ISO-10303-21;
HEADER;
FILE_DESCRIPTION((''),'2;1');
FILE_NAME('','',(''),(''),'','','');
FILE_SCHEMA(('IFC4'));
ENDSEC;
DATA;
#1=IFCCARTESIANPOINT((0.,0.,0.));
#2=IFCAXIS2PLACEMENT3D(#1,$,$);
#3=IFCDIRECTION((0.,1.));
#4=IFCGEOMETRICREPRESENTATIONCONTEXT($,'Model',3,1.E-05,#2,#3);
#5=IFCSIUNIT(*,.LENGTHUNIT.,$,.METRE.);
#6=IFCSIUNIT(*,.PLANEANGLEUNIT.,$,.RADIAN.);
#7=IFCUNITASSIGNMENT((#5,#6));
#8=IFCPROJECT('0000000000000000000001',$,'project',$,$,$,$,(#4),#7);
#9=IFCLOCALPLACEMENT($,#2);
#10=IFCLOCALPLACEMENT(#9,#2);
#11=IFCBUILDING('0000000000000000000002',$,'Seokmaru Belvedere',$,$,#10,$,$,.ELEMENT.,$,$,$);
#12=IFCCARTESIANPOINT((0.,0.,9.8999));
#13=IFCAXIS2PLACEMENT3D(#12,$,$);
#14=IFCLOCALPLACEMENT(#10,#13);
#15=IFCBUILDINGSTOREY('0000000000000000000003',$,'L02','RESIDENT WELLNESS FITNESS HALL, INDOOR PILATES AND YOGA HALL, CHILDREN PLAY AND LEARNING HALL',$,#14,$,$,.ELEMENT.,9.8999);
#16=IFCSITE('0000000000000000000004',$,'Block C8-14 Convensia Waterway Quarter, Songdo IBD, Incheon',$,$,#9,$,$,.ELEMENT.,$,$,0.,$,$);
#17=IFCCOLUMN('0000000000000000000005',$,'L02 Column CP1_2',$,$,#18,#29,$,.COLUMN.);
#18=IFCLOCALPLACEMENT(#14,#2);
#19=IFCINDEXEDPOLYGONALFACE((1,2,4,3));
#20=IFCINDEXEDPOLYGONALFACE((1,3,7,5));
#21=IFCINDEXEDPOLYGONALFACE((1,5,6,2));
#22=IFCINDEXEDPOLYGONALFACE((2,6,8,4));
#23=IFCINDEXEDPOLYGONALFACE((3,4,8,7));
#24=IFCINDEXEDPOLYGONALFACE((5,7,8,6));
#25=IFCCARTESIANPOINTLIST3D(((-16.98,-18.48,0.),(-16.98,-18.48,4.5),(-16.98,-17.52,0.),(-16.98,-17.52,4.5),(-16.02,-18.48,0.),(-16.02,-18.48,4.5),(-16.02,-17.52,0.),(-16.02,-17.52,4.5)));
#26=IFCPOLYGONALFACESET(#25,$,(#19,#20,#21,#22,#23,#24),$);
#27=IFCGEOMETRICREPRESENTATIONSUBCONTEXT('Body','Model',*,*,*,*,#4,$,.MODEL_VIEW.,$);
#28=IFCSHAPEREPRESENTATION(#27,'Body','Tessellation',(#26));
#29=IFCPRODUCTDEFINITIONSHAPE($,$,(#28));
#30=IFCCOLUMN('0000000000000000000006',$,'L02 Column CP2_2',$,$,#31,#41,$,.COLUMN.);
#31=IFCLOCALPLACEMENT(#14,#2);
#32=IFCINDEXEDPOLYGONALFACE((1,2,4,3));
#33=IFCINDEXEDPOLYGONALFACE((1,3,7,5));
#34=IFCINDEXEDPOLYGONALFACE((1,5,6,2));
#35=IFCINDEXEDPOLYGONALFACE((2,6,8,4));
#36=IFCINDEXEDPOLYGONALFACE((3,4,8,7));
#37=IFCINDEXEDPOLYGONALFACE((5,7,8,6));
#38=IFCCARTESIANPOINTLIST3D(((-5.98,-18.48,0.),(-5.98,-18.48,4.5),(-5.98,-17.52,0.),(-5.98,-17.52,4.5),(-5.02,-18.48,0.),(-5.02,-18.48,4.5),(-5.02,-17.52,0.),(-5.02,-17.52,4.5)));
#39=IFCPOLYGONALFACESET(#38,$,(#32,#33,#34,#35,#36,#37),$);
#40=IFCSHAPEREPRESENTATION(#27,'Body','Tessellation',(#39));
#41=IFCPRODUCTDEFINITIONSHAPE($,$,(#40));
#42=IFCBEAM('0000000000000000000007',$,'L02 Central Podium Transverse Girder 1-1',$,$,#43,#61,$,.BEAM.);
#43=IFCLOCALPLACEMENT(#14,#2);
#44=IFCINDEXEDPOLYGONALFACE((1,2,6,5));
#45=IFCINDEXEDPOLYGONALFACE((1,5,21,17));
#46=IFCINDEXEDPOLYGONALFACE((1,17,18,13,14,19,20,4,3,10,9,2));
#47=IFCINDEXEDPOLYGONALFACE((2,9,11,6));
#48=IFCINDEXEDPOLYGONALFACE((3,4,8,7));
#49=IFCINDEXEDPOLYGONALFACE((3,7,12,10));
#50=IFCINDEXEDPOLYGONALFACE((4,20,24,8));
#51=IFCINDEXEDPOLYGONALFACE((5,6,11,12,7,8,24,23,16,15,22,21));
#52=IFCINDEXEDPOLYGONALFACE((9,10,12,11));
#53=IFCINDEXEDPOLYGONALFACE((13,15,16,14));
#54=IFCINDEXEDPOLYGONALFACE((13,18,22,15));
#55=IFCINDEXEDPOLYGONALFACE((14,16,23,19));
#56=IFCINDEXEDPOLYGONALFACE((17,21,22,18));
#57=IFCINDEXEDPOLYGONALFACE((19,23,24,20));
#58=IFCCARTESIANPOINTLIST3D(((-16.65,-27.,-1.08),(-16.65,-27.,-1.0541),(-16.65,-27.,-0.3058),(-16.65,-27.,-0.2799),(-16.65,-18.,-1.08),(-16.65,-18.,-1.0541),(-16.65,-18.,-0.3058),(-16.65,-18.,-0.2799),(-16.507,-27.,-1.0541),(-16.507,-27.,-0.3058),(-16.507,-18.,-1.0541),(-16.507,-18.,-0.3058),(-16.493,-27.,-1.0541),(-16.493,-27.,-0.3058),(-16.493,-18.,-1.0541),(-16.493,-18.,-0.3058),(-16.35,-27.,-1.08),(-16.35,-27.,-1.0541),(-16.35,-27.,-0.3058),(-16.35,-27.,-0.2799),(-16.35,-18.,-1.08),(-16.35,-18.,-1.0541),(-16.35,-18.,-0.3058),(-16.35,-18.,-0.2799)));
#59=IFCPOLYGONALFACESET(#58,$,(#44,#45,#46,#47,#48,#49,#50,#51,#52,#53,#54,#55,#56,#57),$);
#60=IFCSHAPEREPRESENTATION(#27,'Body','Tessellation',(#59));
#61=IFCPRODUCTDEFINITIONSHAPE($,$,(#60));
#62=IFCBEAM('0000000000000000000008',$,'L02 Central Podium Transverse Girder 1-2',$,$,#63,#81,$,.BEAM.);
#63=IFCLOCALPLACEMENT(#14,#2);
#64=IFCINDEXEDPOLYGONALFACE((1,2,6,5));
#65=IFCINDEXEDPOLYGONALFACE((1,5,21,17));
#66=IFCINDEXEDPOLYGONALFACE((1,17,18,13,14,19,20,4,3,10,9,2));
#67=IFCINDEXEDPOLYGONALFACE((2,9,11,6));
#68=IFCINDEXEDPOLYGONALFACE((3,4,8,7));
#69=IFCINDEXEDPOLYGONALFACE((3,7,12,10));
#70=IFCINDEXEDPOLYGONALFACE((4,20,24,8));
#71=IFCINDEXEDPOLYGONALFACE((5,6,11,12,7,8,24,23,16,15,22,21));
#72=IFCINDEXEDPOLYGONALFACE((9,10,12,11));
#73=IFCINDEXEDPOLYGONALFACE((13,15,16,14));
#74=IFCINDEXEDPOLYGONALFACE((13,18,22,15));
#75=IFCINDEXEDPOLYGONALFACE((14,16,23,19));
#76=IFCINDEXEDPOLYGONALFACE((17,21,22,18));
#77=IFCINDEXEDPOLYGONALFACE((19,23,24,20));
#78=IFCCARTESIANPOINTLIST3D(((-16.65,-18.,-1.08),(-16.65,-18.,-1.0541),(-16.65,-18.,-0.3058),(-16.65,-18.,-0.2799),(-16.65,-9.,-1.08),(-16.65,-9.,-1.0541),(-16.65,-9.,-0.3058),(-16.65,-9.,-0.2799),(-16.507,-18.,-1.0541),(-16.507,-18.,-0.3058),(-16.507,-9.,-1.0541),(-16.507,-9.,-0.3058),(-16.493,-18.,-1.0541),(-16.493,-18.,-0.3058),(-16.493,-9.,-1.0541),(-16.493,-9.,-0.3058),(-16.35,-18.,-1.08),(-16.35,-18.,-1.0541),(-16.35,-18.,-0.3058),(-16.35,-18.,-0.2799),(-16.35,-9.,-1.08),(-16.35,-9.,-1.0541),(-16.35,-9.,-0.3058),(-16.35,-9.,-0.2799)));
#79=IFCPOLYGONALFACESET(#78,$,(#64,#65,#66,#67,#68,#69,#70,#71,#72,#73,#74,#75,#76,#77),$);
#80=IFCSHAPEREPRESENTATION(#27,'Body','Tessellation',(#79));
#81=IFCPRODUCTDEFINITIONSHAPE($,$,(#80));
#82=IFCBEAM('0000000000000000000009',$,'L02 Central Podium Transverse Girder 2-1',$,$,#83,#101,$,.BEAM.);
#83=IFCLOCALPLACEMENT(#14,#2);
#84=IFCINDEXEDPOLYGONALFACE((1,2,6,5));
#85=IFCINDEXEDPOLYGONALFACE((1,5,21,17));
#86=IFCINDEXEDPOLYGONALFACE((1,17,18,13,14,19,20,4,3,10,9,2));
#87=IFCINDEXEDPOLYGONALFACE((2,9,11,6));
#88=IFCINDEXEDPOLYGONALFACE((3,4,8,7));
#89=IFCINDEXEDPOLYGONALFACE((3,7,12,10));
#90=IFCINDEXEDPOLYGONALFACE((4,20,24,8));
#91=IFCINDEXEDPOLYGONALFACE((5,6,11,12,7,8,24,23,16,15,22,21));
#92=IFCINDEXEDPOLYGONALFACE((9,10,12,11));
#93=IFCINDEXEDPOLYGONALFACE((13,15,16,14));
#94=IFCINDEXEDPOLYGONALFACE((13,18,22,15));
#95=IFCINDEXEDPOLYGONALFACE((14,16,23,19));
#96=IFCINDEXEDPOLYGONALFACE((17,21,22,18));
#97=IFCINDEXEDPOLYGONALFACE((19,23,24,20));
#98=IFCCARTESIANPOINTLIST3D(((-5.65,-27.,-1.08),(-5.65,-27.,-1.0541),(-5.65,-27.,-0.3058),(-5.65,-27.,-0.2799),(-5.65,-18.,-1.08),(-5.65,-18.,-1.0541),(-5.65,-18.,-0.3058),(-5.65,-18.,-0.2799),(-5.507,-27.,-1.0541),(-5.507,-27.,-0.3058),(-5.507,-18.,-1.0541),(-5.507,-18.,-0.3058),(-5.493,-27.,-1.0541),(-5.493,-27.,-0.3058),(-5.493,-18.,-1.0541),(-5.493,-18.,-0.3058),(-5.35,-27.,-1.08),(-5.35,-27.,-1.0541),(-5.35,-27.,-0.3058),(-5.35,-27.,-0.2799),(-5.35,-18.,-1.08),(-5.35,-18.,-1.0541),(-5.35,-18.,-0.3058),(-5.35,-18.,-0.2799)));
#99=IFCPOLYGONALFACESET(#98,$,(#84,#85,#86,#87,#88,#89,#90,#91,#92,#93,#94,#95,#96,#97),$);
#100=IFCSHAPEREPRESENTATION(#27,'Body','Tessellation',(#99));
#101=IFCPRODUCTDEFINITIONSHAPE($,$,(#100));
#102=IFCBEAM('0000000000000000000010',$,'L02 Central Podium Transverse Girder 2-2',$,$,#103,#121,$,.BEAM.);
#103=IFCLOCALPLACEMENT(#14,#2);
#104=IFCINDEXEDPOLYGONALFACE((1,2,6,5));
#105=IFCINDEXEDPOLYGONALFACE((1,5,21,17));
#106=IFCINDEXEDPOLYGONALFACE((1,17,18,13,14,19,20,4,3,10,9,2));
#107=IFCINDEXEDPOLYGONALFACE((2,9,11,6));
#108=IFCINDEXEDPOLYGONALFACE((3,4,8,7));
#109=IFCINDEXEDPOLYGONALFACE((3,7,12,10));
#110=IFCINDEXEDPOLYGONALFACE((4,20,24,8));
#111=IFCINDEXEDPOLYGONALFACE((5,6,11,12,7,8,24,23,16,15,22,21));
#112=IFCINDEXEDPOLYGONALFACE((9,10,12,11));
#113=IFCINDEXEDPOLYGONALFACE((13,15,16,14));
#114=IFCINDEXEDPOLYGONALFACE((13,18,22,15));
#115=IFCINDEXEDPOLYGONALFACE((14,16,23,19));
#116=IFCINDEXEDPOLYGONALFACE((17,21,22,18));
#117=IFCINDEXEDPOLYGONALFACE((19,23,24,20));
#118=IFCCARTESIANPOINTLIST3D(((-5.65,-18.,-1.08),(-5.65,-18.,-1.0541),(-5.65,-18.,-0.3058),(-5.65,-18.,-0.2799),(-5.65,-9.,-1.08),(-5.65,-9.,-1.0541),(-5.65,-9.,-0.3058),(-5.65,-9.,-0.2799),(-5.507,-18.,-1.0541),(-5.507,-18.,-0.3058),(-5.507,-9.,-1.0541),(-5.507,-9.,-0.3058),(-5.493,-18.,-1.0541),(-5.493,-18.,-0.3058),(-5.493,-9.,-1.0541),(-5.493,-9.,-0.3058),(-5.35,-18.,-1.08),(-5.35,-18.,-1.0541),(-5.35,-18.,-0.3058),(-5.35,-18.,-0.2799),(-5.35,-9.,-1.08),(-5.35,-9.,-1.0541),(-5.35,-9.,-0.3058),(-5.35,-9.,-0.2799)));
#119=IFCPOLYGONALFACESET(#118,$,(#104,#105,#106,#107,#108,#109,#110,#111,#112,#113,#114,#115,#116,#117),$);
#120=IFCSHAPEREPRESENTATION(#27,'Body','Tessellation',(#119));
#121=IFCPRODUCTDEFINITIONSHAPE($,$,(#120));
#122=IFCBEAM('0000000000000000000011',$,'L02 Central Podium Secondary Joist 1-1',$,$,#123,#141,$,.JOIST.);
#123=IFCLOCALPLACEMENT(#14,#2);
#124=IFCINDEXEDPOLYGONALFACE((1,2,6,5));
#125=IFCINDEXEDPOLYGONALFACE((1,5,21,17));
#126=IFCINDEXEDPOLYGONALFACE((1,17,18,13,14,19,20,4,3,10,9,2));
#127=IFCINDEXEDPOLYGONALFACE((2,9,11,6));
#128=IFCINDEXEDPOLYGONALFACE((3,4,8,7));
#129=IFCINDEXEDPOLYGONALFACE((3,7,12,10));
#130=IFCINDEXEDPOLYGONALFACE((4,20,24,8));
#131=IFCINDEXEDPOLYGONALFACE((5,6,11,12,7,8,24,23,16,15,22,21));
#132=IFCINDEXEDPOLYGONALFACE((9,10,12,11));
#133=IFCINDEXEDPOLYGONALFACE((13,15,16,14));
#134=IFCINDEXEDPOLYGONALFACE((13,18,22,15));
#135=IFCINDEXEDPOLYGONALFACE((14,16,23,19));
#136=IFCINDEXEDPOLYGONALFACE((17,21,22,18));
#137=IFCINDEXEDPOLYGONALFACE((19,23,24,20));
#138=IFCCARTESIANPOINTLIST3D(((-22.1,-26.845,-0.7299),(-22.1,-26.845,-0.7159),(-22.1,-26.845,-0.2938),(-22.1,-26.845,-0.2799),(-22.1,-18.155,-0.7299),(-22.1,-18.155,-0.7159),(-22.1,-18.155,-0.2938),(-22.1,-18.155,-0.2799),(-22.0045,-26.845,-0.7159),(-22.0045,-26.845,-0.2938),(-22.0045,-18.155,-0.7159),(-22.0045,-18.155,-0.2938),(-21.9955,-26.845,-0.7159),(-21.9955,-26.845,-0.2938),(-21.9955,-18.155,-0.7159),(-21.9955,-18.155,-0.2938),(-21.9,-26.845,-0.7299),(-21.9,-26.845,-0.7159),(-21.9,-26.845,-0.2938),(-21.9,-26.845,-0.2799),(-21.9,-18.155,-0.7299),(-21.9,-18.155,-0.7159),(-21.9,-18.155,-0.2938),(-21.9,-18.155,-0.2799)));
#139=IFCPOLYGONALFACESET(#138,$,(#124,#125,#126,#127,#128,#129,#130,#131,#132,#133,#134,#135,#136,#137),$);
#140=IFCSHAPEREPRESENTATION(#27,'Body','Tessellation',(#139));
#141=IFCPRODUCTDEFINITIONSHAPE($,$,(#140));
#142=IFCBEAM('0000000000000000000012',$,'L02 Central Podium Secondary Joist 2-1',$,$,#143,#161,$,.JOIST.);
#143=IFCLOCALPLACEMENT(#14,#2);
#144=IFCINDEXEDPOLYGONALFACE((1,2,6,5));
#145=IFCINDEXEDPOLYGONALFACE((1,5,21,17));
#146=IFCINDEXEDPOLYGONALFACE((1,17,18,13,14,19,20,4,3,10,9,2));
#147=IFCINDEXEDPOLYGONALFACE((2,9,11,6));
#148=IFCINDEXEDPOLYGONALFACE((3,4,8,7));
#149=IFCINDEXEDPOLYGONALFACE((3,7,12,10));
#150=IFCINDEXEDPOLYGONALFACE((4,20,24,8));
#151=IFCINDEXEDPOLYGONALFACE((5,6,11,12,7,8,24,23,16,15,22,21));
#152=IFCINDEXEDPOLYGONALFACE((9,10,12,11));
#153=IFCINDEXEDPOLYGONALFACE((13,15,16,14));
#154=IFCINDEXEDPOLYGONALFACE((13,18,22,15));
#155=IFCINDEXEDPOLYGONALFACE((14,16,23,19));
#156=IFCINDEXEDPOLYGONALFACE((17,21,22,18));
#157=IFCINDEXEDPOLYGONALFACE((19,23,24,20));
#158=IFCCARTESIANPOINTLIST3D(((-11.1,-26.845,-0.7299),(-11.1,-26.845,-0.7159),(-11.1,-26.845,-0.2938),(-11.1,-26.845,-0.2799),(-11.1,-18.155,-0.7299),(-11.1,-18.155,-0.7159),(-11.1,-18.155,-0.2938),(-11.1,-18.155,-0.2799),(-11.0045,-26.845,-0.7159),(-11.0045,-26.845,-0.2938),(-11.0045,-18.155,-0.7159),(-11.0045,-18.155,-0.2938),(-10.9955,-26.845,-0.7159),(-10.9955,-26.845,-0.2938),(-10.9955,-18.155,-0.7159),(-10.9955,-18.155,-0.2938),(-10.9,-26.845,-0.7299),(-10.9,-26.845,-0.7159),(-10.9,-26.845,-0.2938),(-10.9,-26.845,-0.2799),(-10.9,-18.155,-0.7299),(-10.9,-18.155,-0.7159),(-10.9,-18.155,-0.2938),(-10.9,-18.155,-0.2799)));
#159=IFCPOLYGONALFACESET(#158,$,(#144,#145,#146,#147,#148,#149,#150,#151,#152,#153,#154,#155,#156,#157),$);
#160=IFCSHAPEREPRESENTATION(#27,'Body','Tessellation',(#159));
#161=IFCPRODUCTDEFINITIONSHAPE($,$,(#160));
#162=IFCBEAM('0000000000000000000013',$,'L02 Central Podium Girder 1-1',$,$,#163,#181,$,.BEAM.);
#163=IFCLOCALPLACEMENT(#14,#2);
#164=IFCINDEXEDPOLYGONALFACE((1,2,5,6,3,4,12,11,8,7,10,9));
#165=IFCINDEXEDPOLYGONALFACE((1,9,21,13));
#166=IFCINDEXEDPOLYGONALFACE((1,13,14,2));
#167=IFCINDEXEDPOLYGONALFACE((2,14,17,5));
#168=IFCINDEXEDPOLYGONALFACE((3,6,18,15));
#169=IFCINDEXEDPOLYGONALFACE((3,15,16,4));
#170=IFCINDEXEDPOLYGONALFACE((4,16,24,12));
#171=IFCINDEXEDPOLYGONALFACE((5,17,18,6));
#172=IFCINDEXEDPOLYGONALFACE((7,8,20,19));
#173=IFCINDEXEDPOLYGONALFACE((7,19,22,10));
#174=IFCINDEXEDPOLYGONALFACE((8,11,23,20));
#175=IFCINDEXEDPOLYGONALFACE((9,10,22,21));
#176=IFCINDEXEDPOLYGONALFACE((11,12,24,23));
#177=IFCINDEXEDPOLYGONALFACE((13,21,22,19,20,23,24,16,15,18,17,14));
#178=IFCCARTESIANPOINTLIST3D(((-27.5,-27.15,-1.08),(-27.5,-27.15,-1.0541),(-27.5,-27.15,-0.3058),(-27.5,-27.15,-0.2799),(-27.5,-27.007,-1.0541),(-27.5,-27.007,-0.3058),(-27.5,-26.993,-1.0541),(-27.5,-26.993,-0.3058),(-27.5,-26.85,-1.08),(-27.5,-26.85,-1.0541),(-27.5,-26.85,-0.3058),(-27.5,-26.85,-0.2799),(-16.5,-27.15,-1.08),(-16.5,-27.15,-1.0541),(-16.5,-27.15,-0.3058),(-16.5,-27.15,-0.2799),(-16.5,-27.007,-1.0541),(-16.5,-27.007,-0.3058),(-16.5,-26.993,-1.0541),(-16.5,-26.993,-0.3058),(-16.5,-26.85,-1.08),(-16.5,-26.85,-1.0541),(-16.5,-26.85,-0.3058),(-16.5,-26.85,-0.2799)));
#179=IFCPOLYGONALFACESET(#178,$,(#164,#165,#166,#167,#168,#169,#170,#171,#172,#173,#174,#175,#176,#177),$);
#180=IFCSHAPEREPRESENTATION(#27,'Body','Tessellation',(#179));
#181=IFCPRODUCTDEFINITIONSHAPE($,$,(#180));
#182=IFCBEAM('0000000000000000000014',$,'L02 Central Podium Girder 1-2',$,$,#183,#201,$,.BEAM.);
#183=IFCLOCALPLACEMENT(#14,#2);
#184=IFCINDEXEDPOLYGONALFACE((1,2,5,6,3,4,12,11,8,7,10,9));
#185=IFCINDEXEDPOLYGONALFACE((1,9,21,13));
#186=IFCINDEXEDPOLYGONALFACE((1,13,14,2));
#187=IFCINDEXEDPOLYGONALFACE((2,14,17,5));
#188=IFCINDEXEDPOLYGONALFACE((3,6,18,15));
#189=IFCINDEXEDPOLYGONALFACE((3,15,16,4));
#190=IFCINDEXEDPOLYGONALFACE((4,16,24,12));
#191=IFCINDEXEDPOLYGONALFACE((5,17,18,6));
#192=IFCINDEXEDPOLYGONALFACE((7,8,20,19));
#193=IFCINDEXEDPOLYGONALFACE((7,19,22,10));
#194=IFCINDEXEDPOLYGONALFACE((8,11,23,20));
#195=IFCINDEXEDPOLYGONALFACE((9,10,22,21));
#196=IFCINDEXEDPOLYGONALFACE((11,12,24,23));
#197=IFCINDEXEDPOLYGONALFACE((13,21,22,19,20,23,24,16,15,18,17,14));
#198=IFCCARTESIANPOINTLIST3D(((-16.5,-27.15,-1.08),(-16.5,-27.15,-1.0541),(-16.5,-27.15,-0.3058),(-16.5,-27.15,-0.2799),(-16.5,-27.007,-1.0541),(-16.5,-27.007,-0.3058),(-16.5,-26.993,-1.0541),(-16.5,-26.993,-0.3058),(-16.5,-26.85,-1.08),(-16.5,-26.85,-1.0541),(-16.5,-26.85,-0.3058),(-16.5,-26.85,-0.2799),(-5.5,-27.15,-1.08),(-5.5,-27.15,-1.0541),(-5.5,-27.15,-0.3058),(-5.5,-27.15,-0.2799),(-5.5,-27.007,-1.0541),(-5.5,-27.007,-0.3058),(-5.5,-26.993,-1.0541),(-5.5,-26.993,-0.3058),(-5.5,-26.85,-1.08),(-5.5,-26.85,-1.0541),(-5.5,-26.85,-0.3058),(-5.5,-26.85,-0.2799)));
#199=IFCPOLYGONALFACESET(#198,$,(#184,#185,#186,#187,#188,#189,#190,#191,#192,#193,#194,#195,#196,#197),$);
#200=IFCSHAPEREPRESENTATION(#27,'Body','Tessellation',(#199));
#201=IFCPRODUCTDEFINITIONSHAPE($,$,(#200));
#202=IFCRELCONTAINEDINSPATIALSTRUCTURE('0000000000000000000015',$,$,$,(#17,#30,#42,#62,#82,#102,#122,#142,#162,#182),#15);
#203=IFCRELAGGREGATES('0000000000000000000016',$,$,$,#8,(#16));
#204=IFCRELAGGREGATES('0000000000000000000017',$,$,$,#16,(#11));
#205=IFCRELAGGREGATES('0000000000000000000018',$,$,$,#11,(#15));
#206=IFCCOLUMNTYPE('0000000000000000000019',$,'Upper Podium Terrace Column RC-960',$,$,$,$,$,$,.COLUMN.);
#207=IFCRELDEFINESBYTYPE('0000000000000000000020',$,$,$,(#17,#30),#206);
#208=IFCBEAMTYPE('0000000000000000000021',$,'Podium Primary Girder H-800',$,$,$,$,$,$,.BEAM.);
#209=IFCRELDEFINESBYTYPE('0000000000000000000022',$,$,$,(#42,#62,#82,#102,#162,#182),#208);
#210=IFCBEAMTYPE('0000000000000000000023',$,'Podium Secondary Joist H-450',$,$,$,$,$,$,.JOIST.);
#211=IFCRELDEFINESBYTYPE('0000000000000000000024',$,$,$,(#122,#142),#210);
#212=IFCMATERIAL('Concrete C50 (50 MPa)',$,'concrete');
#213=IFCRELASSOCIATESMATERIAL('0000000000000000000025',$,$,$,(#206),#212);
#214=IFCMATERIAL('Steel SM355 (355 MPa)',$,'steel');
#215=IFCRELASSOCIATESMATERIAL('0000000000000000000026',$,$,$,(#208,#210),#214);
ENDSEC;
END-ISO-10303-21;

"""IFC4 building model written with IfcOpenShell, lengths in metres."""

from ifc_helpers import new_model, si_unit, direction, frame, origin, origin_2d, place, context, subcontext, project, spatial, rectangle, i_section, extrude, source, transform, mapped, material, material_profile, profile_set, type_object, type_shapes, element, save


model = new_model("IFC4")

# Units and contexts
model_context = context("Model", 3, precision=1e-05, world=origin(), true_north=direction((0.0, 1.0)))
body_context = subcontext(model_context, "Body", "Model", "MODEL_VIEW")
ifc_project = project(units=[si_unit("LENGTHUNIT", "METRE"), si_unit("PLANEANGLEUNIT", "RADIAN")], contexts=[model_context])

# Site, building, storey
site_placement = place(None, origin())
site = spatial("IfcSite", under=ifc_project, at=site_placement, Name="Block C8-14 Convensia Waterway Quarter, Songdo IBD, Incheon", CompositionType="ELEMENT", RefElevation=0.0)
building_placement = place(site_placement, origin())
building = spatial("IfcBuilding", under=site, at=building_placement, Name="Seokmaru Belvedere", CompositionType="ELEMENT")
storey_placement = place(building_placement, frame((0.0, 0.0, 9.8999)))
storey = spatial("IfcBuildingStorey", under=building, at=storey_placement, Name="L02", Description="RESIDENT WELLNESS FITNESS HALL, INDOOR PILATES AND YOGA HALL, CHILDREN PLAY AND LEARNING HALL", CompositionType="ELEMENT", Elevation=9.8999)

# Columns
ifc_material_1 = material(Name="Concrete C50 (50 MPa)", Category="concrete")
ifc_material_profile_1 = material_profile(ifc_material_1, rectangle(XDim=0.96, YDim=0.96, at=origin_2d()), Name="RC-960x960")
ifc_profile_set_1 = profile_set([ifc_material_profile_1], Name="Concrete C50 (50 MPa)")
column_type = type_object("IfcColumnType", Name="Upper Podium Terrace Column RC-960", PredefinedType="COLUMN", material=ifc_profile_set_1)
shared_shape_1 = source(origin(), body_context, "Body", "SweptSolid", [
    extrude(rectangle(XDim=0.96, YDim=0.96, at=origin_2d()), origin(), (0.0, 0.0, 1.0), 4.5),
])
type_shapes(column_type, [shared_shape_1])
for number, where, z_axis, x_axis, name in (
    (1, (-16.5, -18.0, 0.0), (0.0, 0.0, 1.0), (1.0, 0.0, 0.0), "L02 Column CP1_2"),
    (2, (-5.5, -18.0, 0.0), (0.0, 0.0, 1.0), (1.0, 0.0, 0.0), "L02 Column CP2_2"),
):
    element("IfcColumn", number, at=place(storey_placement, frame(where, z_axis=z_axis, x_axis=x_axis)), inside=storey, type_object=column_type, Name=name, PredefinedType="COLUMN", context=body_context, shape_type="MappedRepresentation", body=[
        mapped(shared_shape_1, transform((0.0, 0.0, 0.0), scale=1.0)),
    ])

# Beams
ifc_material_2 = material(Name="Steel SM355 (355 MPa)", Category="steel")
ifc_material_profile_2 = material_profile(ifc_material_2, i_section(OverallWidth=0.3, OverallDepth=0.8, WebThickness=0.0139, FlangeThickness=0.0259, at=origin_2d()), Name="H-800x300x14x26")
ifc_profile_set_2 = profile_set([ifc_material_profile_2], Name="Steel SM355 (355 MPa)")
beam_type_1 = type_object("IfcBeamType", Name="Podium Primary Girder H-800", PredefinedType="BEAM", material=ifc_profile_set_2)
shared_shape_2 = source(origin(), body_context, "Body", "SweptSolid", [
    extrude(i_section(OverallWidth=0.3, OverallDepth=0.8, WebThickness=0.0139, FlangeThickness=0.0259, at=origin_2d()), origin(), (0.0, 0.0, 1.0), 9.0),
])
for number, where, z_axis, x_axis, name in (
    (3, (-16.5, -27.0, -0.6799), (0.0, 1.0, 0.0), (-1.0, 0.0, 0.0), "L02 Central Podium Transverse Girder 1-1"),
    (4, (-16.5, -18.0, -0.6799), (0.0, 1.0, 0.0), (-1.0, 0.0, 0.0), "L02 Central Podium Transverse Girder 1-2"),
    (5, (-5.5, -27.0, -0.6799), (0.0, 1.0, 0.0), (-1.0, 0.0, 0.0), "L02 Central Podium Transverse Girder 2-1"),
    (6, (-5.5, -18.0, -0.6799), (0.0, 1.0, 0.0), (-1.0, 0.0, 0.0), "L02 Central Podium Transverse Girder 2-2"),
):
    element("IfcBeam", number, at=place(storey_placement, frame(where, z_axis=z_axis, x_axis=x_axis)), inside=storey, type_object=beam_type_1, Name=name, PredefinedType="BEAM", context=body_context, shape_type="MappedRepresentation", body=[
        mapped(shared_shape_2, transform((0.0, 0.0, 0.0), scale=1.0)),
    ])
ifc_material_profile_3 = material_profile(ifc_material_2, i_section(OverallWidth=0.2, OverallDepth=0.45, WebThickness=0.009, FlangeThickness=0.0139, at=origin_2d()), Name="H-450x200x9x14")
ifc_profile_set_3 = profile_set([ifc_material_profile_3], Name="Steel SM355 (355 MPa)")
beam_type_2 = type_object("IfcBeamType", Name="Podium Secondary Joist H-450", PredefinedType="JOIST", material=ifc_profile_set_3)
shared_shape_3 = source(origin(), body_context, "Body", "SweptSolid", [
    extrude(i_section(OverallWidth=0.2, OverallDepth=0.45, WebThickness=0.009, FlangeThickness=0.0139, at=origin_2d()), origin(), (0.0, 0.0, 1.0), 8.6899),
])
type_shapes(beam_type_2, [shared_shape_3])
for number, where, z_axis, x_axis, name in (
    (7, (-22.0, -26.845, -0.5049), (0.0, 1.0, 0.0), (-1.0, 0.0, 0.0), "L02 Central Podium Secondary Joist 1-1"),
    (8, (-11.0, -26.845, -0.5049), (0.0, 1.0, 0.0), (-1.0, 0.0, 0.0), "L02 Central Podium Secondary Joist 2-1"),
):
    element("IfcBeam", number, at=place(storey_placement, frame(where, z_axis=z_axis, x_axis=x_axis)), inside=storey, type_object=beam_type_2, Name=name, PredefinedType="JOIST", context=body_context, shape_type="MappedRepresentation", body=[
        mapped(shared_shape_3, transform((0.0, 0.0, 0.0), scale=1.0)),
    ])
shared_shape_4 = source(origin(), body_context, "Body", "SweptSolid", [
    extrude(i_section(OverallWidth=0.3, OverallDepth=0.8, WebThickness=0.0139, FlangeThickness=0.0259, at=origin_2d()), origin(), (0.0, 0.0, 1.0), 11.0),
])
for number, where, z_axis, x_axis, name in (
    (9, (-27.5, -27.0, -0.6799), (1.0, 0.0, 0.0), (0.0, 1.0, 0.0), "L02 Central Podium Girder 1-1"),
    (10, (-16.5, -27.0, -0.6799), (1.0, 0.0, 0.0), (0.0, 1.0, 0.0), "L02 Central Podium Girder 1-2"),
):
    element("IfcBeam", number, at=place(storey_placement, frame(where, z_axis=z_axis, x_axis=x_axis)), inside=storey, type_object=beam_type_1, Name=name, PredefinedType="BEAM", context=body_context, shape_type="MappedRepresentation", body=[
        mapped(shared_shape_4, transform((0.0, 0.0, 0.0), scale=1.0)),
    ])

save(model, "model.ifc")
